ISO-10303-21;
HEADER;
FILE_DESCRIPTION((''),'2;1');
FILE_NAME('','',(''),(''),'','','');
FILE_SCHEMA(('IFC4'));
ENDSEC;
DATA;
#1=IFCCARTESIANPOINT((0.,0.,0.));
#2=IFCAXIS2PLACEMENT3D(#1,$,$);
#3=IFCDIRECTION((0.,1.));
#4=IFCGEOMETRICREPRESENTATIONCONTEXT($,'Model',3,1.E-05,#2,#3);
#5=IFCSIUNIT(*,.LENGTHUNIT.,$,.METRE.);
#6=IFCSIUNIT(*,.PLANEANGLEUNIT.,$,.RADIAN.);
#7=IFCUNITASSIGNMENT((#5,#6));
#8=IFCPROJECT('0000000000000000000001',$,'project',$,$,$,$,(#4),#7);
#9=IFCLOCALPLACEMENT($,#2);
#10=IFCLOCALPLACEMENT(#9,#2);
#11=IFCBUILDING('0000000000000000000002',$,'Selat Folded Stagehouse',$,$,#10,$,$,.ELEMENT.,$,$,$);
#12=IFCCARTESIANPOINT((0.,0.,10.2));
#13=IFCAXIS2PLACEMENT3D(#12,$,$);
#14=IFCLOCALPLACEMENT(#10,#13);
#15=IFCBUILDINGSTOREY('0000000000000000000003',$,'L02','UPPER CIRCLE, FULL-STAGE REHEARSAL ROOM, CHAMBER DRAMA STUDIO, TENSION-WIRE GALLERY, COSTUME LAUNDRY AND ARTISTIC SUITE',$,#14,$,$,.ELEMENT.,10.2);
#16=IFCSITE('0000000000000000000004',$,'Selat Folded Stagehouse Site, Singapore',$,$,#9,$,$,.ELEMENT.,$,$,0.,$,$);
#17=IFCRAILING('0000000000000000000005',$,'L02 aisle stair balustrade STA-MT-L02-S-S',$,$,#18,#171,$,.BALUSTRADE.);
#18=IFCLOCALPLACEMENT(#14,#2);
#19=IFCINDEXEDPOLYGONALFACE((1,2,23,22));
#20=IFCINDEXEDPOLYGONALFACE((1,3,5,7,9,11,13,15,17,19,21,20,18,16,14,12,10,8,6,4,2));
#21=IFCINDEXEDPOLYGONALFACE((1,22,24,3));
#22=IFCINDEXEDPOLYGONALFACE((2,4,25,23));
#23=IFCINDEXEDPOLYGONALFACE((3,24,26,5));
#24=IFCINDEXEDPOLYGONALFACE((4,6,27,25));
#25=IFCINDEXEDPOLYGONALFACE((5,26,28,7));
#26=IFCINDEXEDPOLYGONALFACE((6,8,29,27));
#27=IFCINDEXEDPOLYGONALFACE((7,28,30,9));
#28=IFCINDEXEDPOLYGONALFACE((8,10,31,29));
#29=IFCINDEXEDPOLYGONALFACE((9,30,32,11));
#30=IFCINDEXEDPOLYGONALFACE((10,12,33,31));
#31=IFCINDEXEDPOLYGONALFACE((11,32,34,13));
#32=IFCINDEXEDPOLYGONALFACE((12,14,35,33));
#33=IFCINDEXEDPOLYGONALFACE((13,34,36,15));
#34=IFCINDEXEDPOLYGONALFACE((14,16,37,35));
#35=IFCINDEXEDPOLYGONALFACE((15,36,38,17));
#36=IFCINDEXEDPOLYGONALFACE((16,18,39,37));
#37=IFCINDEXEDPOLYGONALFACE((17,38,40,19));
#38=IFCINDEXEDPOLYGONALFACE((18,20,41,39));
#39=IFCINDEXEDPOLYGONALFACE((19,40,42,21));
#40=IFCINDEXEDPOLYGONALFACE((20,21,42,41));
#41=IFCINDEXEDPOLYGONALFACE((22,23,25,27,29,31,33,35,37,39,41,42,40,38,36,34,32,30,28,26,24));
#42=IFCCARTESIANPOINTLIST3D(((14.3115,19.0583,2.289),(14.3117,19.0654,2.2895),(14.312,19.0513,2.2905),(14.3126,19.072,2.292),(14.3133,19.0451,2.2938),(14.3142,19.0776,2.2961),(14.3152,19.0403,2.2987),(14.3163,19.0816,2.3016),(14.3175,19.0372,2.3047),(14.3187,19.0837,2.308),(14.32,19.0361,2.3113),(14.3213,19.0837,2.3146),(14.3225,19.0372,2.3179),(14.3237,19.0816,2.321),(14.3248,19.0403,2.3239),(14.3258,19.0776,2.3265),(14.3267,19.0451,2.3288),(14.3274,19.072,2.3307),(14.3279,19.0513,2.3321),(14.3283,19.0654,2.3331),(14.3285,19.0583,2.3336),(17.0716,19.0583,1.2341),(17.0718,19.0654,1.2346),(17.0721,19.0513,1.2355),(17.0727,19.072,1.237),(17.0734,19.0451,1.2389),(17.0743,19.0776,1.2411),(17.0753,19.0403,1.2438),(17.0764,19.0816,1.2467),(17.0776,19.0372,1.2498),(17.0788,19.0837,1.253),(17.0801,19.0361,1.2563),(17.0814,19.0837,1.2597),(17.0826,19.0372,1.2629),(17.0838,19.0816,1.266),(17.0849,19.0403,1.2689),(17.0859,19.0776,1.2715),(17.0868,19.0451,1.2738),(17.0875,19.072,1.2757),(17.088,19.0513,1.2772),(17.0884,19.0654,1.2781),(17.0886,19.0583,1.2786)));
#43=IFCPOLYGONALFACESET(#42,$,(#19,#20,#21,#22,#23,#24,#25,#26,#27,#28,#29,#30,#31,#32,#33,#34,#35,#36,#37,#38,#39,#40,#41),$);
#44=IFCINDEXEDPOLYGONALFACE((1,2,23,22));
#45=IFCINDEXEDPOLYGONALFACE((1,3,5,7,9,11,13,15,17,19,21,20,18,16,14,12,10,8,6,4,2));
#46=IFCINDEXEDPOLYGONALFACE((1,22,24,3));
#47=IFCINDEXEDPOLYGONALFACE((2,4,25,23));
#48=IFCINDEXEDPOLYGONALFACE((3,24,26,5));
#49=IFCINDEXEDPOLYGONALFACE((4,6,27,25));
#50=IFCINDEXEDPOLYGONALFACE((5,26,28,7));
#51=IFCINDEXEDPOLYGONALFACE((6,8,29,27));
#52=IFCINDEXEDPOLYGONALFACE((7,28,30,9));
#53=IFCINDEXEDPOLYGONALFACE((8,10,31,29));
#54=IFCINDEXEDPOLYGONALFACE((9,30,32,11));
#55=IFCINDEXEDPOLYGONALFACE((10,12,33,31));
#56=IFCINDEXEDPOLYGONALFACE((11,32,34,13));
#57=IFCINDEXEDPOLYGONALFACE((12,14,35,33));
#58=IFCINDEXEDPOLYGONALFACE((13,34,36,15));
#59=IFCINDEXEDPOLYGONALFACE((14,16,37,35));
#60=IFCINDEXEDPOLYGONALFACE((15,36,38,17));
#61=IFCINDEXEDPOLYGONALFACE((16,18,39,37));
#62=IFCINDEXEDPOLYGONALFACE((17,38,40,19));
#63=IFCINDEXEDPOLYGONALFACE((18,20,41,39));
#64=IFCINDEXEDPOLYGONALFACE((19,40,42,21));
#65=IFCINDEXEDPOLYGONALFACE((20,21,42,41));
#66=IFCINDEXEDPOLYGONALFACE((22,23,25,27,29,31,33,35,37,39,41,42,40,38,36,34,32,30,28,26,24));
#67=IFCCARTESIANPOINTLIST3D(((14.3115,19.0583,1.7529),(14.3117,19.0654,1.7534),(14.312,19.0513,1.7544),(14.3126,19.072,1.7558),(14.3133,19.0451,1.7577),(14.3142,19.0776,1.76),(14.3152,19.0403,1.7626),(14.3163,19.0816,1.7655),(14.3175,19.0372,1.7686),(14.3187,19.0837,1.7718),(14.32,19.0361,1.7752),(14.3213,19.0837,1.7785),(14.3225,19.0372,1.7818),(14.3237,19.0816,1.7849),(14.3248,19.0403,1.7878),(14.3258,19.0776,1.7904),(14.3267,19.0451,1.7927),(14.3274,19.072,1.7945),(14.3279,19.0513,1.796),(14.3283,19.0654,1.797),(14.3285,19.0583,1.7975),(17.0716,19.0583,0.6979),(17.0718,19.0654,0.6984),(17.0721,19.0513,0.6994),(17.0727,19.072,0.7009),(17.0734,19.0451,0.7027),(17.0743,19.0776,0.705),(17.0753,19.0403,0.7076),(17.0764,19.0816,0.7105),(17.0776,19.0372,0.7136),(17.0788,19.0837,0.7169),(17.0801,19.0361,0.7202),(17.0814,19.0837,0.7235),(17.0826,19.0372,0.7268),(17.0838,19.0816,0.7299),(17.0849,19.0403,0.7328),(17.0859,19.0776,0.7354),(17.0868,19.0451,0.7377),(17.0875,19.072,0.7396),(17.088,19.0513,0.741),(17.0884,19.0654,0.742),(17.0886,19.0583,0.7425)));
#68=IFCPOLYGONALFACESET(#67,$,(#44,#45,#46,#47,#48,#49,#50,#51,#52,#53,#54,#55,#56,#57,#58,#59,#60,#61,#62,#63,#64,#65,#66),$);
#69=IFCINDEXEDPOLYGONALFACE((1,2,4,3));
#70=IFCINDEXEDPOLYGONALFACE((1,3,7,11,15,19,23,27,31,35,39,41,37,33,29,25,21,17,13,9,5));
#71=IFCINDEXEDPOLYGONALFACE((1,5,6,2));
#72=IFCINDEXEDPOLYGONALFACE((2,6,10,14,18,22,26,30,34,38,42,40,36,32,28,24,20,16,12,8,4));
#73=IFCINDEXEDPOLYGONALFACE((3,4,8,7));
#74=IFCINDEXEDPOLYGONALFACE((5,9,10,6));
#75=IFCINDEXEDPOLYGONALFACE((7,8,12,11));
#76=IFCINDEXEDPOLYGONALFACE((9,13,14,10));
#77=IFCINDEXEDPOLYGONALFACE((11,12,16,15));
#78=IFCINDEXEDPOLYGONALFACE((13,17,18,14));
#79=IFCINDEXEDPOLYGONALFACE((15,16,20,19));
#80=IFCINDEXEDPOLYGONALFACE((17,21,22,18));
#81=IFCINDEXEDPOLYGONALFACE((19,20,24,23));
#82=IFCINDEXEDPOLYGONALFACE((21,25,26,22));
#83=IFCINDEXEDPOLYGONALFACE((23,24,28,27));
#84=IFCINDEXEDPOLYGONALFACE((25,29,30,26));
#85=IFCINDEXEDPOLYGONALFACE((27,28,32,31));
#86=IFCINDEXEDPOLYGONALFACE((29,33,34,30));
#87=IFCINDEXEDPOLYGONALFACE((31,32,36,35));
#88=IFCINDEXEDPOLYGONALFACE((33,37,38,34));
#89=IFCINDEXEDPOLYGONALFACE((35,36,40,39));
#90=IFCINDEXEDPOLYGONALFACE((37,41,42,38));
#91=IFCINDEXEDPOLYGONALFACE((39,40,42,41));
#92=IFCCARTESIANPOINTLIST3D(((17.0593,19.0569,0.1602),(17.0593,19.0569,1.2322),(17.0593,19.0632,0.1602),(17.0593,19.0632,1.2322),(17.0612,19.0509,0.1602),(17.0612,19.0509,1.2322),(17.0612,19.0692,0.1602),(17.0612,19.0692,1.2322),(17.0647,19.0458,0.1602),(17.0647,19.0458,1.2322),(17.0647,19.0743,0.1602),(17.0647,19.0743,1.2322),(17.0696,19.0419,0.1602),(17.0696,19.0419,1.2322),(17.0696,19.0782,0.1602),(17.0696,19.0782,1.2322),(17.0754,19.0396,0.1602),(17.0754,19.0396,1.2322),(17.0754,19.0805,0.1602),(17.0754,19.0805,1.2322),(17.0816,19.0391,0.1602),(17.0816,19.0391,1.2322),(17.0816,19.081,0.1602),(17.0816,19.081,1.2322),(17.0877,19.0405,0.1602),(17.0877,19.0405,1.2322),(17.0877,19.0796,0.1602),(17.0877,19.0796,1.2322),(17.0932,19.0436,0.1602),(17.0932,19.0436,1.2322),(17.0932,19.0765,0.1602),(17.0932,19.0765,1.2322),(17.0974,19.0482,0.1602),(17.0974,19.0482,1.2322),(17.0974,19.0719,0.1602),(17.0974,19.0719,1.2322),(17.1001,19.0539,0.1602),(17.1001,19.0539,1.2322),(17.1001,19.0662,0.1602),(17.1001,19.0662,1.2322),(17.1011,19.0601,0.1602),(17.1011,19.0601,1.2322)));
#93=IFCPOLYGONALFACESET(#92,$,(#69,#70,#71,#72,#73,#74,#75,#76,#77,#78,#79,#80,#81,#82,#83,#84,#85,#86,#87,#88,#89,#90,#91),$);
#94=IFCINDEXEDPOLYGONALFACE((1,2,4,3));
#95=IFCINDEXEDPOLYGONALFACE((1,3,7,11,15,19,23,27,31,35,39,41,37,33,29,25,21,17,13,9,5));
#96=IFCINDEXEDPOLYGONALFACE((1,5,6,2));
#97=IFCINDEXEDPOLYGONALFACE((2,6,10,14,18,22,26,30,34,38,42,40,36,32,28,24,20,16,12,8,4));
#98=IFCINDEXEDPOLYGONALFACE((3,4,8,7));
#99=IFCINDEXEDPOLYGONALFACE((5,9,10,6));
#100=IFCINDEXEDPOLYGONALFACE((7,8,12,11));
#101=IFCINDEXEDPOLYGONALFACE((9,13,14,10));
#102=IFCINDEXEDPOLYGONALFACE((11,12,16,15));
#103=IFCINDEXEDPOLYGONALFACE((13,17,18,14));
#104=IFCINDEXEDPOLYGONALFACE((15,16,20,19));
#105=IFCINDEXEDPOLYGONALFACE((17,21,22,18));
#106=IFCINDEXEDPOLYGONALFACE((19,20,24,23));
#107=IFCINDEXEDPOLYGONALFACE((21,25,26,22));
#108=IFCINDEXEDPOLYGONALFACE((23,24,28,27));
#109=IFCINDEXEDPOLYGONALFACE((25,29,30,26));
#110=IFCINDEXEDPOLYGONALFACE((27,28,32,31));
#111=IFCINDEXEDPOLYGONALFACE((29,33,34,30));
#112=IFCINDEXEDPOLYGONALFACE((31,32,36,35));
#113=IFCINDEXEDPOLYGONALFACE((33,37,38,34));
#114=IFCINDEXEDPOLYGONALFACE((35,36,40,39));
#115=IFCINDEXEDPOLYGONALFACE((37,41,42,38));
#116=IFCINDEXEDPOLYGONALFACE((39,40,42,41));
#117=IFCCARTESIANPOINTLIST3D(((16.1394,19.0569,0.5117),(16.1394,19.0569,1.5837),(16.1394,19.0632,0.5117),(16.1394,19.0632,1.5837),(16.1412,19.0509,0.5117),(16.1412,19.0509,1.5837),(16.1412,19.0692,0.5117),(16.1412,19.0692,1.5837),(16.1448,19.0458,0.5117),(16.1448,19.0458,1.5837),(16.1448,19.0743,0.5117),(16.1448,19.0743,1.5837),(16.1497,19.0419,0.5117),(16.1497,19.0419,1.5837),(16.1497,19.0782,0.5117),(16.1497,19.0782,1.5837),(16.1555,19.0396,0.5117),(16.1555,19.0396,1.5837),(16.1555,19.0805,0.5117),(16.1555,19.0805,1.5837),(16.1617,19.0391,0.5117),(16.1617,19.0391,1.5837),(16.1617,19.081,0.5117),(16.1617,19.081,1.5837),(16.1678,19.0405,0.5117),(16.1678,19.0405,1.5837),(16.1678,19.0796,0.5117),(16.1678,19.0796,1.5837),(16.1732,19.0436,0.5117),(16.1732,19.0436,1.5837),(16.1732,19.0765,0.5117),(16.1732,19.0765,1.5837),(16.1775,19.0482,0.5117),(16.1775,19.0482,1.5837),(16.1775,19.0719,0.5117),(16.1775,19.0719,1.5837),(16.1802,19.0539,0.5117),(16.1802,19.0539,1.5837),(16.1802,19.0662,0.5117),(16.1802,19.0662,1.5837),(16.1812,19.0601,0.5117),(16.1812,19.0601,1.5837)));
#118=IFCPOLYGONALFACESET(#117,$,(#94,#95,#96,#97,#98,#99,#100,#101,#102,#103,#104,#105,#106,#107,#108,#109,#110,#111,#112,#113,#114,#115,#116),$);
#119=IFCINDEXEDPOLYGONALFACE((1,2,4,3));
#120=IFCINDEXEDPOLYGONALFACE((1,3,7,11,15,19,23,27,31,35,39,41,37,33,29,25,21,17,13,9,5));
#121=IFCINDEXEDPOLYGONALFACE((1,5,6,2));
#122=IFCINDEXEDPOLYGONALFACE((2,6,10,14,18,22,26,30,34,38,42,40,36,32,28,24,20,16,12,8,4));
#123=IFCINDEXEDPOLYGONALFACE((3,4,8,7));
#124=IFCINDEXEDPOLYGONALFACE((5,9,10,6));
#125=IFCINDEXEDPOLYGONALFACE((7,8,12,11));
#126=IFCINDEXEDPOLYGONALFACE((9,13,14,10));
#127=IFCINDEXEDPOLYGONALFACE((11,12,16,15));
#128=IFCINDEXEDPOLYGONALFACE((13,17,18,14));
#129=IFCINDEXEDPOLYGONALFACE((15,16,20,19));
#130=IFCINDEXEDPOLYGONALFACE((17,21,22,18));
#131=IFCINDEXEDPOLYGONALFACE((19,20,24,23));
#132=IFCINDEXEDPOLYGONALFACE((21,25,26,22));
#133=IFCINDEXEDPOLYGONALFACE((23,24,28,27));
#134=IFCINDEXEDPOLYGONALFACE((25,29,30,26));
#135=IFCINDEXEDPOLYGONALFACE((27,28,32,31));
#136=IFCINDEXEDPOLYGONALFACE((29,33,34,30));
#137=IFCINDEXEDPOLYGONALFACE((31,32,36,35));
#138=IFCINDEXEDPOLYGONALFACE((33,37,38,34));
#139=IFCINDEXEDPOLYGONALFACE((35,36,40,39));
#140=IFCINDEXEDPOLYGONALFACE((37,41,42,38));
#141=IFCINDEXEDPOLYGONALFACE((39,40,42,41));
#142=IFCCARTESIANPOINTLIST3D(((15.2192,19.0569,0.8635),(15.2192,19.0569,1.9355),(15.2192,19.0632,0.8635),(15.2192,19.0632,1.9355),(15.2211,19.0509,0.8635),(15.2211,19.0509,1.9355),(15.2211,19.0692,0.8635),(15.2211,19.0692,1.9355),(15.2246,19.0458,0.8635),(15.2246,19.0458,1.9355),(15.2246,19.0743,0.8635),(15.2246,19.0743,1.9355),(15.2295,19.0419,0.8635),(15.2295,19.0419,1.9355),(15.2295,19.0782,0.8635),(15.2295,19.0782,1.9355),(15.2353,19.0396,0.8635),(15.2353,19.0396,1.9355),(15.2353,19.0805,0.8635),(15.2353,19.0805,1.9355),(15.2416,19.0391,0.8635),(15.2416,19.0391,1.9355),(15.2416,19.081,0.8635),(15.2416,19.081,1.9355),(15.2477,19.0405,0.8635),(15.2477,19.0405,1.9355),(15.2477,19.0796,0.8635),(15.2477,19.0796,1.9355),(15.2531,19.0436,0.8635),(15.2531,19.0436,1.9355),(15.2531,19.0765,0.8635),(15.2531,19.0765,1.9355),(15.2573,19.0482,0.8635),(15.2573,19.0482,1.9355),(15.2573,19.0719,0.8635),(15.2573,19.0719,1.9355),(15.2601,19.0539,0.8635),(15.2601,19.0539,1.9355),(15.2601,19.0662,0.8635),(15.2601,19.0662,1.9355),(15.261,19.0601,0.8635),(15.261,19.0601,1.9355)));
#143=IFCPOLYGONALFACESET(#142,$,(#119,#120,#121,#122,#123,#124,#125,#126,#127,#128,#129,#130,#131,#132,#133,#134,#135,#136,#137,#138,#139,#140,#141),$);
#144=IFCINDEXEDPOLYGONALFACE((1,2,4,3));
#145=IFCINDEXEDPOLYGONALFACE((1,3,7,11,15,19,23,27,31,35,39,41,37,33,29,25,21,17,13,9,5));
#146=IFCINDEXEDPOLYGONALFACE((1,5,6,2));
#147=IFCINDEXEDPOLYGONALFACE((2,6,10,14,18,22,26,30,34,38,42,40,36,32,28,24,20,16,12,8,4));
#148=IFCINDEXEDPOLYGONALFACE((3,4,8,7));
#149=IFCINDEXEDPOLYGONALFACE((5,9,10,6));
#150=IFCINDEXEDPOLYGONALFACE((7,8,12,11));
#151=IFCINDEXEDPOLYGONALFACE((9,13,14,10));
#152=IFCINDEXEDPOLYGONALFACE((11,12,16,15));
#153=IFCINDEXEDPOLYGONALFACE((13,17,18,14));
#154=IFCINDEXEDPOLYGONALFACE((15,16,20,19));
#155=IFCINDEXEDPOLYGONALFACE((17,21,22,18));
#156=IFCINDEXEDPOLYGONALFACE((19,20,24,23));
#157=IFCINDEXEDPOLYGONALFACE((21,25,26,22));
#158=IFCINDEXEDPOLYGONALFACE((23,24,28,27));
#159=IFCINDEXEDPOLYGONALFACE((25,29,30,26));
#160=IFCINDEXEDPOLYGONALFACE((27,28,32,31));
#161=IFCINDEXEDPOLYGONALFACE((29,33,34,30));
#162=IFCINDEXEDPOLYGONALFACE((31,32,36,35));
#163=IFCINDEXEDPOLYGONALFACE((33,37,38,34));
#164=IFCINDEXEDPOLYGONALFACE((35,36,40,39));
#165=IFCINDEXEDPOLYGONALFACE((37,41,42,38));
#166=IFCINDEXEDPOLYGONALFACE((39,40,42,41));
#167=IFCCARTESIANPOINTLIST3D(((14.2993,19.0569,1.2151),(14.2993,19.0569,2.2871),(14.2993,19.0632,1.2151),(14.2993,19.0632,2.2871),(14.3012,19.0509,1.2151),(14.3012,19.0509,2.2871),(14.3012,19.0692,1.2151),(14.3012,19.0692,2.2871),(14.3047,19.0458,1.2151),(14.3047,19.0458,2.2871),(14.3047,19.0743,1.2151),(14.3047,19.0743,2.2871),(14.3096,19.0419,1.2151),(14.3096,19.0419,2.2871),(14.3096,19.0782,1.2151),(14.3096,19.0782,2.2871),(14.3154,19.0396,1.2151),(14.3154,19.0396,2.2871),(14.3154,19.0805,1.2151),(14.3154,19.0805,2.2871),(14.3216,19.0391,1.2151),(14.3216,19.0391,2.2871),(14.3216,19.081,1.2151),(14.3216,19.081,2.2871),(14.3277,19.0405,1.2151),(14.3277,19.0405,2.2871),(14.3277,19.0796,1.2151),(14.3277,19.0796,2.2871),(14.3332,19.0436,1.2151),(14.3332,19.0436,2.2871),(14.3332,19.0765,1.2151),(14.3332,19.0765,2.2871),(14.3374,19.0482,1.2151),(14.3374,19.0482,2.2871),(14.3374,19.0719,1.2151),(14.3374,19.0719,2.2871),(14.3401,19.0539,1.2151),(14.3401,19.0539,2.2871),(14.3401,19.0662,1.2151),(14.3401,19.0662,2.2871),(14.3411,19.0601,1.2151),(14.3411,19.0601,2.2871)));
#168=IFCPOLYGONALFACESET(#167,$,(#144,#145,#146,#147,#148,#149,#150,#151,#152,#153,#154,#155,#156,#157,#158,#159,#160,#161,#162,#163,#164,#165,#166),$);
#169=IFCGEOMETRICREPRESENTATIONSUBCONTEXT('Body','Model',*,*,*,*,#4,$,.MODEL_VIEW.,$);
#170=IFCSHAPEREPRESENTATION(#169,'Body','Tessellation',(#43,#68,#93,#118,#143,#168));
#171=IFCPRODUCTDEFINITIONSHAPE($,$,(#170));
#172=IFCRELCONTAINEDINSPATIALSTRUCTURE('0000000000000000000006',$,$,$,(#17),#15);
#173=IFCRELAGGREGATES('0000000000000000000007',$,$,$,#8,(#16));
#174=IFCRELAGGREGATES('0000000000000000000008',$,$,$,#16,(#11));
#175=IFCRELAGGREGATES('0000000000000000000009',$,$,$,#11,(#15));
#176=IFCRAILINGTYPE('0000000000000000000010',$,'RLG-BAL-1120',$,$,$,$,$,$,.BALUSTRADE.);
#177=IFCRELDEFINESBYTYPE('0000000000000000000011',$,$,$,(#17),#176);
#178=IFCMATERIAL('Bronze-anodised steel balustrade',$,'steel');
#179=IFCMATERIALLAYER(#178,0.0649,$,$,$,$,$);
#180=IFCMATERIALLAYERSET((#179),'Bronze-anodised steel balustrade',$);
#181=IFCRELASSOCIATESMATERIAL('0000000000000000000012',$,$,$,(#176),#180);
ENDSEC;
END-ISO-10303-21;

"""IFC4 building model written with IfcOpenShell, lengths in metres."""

from ifc_helpers import new_model, si_unit, direction, frame, origin, origin_2d, place, context, subcontext, project, spatial, circle, extrude, material, layer, layer_set, type_object, element, save


model = new_model("IFC4")

# Units and contexts
model_context = context("Model", 3, precision=1e-05, world=origin(), true_north=direction((0.0, 1.0)))
body_context = subcontext(model_context, "Body", "Model", "MODEL_VIEW")
ifc_project = project(units=[si_unit("LENGTHUNIT", "METRE"), si_unit("PLANEANGLEUNIT", "RADIAN")], contexts=[model_context])

# Site, building, storey
site_placement = place(None, origin())
site = spatial("IfcSite", under=ifc_project, at=site_placement, Name="Selat Folded Stagehouse Site, Singapore", CompositionType="ELEMENT", RefElevation=0.0)
building_placement = place(site_placement, origin())
building = spatial("IfcBuilding", under=site, at=building_placement, Name="Selat Folded Stagehouse", CompositionType="ELEMENT")
storey_placement = place(building_placement, frame((0.0, 0.0, 10.2)))
storey = spatial("IfcBuildingStorey", under=building, at=storey_placement, Name="L02", Description="UPPER CIRCLE, FULL-STAGE REHEARSAL ROOM, CHAMBER DRAMA STUDIO, TENSION-WIRE GALLERY, COSTUME LAUNDRY AND ARTISTIC SUITE", CompositionType="ELEMENT", Elevation=10.2)

# Railing
ifc_material_1 = material(Name="Bronze-anodised steel balustrade", Category="steel")
ifc_layer_1 = layer(ifc_material_1, 0.0649)
ifc_layer_set_1 = layer_set([ifc_layer_1], Name="Bronze-anodised steel balustrade")
railing_type = type_object("IfcRailingType", Name="RLG-BAL-1120", PredefinedType="BALUSTRADE", material=ifc_layer_set_1)
for number, where, name in (
    (1, (17.0801, 19.0601, 0.1602), "L02 aisle stair balustrade STA-MT-L02-S-S"),
):
    element("IfcRailing", number, at=place(storey_placement, frame(where)), inside=storey, type_object=railing_type, Name=name, PredefinedType="BALUSTRADE", context=body_context, shape_type="SweptSolid", body=[
        extrude(circle(Radius=0.0239, at=origin_2d()), frame((0.0, 0.0, 1.0962), z_axis=(-0.934093, 0.0, 0.357029), x_axis=(0.0, -1.0, 0.0)), (0.0, 0.0, 1.0), 2.9548),
        extrude(circle(Radius=0.0239, at=origin_2d()), frame((0.0, 0.0, 0.5601), z_axis=(-0.934093, 0.0, 0.357029), x_axis=(0.0, -1.0, 0.0)), (0.0, 0.0, 1.0), 2.9548),
        extrude(circle(Radius=0.021, at=origin_2d()), origin(), (0.0, 0.0, 1.0), 1.072),
        extrude(circle(Radius=0.021, at=origin_2d()), frame((-0.9199, 0.0, 0.3516)), (0.0, 0.0, 1.0), 1.072),
        extrude(circle(Radius=0.021, at=origin_2d()), frame((-1.8401, 0.0, 0.7034)), (0.0, 0.0, 1.0), 1.072),
        extrude(circle(Radius=0.021, at=origin_2d()), frame((-2.76, 0.0, 1.0549)), (0.0, 0.0, 1.0), 1.072),
    ])

save(model, "model.ifc")
